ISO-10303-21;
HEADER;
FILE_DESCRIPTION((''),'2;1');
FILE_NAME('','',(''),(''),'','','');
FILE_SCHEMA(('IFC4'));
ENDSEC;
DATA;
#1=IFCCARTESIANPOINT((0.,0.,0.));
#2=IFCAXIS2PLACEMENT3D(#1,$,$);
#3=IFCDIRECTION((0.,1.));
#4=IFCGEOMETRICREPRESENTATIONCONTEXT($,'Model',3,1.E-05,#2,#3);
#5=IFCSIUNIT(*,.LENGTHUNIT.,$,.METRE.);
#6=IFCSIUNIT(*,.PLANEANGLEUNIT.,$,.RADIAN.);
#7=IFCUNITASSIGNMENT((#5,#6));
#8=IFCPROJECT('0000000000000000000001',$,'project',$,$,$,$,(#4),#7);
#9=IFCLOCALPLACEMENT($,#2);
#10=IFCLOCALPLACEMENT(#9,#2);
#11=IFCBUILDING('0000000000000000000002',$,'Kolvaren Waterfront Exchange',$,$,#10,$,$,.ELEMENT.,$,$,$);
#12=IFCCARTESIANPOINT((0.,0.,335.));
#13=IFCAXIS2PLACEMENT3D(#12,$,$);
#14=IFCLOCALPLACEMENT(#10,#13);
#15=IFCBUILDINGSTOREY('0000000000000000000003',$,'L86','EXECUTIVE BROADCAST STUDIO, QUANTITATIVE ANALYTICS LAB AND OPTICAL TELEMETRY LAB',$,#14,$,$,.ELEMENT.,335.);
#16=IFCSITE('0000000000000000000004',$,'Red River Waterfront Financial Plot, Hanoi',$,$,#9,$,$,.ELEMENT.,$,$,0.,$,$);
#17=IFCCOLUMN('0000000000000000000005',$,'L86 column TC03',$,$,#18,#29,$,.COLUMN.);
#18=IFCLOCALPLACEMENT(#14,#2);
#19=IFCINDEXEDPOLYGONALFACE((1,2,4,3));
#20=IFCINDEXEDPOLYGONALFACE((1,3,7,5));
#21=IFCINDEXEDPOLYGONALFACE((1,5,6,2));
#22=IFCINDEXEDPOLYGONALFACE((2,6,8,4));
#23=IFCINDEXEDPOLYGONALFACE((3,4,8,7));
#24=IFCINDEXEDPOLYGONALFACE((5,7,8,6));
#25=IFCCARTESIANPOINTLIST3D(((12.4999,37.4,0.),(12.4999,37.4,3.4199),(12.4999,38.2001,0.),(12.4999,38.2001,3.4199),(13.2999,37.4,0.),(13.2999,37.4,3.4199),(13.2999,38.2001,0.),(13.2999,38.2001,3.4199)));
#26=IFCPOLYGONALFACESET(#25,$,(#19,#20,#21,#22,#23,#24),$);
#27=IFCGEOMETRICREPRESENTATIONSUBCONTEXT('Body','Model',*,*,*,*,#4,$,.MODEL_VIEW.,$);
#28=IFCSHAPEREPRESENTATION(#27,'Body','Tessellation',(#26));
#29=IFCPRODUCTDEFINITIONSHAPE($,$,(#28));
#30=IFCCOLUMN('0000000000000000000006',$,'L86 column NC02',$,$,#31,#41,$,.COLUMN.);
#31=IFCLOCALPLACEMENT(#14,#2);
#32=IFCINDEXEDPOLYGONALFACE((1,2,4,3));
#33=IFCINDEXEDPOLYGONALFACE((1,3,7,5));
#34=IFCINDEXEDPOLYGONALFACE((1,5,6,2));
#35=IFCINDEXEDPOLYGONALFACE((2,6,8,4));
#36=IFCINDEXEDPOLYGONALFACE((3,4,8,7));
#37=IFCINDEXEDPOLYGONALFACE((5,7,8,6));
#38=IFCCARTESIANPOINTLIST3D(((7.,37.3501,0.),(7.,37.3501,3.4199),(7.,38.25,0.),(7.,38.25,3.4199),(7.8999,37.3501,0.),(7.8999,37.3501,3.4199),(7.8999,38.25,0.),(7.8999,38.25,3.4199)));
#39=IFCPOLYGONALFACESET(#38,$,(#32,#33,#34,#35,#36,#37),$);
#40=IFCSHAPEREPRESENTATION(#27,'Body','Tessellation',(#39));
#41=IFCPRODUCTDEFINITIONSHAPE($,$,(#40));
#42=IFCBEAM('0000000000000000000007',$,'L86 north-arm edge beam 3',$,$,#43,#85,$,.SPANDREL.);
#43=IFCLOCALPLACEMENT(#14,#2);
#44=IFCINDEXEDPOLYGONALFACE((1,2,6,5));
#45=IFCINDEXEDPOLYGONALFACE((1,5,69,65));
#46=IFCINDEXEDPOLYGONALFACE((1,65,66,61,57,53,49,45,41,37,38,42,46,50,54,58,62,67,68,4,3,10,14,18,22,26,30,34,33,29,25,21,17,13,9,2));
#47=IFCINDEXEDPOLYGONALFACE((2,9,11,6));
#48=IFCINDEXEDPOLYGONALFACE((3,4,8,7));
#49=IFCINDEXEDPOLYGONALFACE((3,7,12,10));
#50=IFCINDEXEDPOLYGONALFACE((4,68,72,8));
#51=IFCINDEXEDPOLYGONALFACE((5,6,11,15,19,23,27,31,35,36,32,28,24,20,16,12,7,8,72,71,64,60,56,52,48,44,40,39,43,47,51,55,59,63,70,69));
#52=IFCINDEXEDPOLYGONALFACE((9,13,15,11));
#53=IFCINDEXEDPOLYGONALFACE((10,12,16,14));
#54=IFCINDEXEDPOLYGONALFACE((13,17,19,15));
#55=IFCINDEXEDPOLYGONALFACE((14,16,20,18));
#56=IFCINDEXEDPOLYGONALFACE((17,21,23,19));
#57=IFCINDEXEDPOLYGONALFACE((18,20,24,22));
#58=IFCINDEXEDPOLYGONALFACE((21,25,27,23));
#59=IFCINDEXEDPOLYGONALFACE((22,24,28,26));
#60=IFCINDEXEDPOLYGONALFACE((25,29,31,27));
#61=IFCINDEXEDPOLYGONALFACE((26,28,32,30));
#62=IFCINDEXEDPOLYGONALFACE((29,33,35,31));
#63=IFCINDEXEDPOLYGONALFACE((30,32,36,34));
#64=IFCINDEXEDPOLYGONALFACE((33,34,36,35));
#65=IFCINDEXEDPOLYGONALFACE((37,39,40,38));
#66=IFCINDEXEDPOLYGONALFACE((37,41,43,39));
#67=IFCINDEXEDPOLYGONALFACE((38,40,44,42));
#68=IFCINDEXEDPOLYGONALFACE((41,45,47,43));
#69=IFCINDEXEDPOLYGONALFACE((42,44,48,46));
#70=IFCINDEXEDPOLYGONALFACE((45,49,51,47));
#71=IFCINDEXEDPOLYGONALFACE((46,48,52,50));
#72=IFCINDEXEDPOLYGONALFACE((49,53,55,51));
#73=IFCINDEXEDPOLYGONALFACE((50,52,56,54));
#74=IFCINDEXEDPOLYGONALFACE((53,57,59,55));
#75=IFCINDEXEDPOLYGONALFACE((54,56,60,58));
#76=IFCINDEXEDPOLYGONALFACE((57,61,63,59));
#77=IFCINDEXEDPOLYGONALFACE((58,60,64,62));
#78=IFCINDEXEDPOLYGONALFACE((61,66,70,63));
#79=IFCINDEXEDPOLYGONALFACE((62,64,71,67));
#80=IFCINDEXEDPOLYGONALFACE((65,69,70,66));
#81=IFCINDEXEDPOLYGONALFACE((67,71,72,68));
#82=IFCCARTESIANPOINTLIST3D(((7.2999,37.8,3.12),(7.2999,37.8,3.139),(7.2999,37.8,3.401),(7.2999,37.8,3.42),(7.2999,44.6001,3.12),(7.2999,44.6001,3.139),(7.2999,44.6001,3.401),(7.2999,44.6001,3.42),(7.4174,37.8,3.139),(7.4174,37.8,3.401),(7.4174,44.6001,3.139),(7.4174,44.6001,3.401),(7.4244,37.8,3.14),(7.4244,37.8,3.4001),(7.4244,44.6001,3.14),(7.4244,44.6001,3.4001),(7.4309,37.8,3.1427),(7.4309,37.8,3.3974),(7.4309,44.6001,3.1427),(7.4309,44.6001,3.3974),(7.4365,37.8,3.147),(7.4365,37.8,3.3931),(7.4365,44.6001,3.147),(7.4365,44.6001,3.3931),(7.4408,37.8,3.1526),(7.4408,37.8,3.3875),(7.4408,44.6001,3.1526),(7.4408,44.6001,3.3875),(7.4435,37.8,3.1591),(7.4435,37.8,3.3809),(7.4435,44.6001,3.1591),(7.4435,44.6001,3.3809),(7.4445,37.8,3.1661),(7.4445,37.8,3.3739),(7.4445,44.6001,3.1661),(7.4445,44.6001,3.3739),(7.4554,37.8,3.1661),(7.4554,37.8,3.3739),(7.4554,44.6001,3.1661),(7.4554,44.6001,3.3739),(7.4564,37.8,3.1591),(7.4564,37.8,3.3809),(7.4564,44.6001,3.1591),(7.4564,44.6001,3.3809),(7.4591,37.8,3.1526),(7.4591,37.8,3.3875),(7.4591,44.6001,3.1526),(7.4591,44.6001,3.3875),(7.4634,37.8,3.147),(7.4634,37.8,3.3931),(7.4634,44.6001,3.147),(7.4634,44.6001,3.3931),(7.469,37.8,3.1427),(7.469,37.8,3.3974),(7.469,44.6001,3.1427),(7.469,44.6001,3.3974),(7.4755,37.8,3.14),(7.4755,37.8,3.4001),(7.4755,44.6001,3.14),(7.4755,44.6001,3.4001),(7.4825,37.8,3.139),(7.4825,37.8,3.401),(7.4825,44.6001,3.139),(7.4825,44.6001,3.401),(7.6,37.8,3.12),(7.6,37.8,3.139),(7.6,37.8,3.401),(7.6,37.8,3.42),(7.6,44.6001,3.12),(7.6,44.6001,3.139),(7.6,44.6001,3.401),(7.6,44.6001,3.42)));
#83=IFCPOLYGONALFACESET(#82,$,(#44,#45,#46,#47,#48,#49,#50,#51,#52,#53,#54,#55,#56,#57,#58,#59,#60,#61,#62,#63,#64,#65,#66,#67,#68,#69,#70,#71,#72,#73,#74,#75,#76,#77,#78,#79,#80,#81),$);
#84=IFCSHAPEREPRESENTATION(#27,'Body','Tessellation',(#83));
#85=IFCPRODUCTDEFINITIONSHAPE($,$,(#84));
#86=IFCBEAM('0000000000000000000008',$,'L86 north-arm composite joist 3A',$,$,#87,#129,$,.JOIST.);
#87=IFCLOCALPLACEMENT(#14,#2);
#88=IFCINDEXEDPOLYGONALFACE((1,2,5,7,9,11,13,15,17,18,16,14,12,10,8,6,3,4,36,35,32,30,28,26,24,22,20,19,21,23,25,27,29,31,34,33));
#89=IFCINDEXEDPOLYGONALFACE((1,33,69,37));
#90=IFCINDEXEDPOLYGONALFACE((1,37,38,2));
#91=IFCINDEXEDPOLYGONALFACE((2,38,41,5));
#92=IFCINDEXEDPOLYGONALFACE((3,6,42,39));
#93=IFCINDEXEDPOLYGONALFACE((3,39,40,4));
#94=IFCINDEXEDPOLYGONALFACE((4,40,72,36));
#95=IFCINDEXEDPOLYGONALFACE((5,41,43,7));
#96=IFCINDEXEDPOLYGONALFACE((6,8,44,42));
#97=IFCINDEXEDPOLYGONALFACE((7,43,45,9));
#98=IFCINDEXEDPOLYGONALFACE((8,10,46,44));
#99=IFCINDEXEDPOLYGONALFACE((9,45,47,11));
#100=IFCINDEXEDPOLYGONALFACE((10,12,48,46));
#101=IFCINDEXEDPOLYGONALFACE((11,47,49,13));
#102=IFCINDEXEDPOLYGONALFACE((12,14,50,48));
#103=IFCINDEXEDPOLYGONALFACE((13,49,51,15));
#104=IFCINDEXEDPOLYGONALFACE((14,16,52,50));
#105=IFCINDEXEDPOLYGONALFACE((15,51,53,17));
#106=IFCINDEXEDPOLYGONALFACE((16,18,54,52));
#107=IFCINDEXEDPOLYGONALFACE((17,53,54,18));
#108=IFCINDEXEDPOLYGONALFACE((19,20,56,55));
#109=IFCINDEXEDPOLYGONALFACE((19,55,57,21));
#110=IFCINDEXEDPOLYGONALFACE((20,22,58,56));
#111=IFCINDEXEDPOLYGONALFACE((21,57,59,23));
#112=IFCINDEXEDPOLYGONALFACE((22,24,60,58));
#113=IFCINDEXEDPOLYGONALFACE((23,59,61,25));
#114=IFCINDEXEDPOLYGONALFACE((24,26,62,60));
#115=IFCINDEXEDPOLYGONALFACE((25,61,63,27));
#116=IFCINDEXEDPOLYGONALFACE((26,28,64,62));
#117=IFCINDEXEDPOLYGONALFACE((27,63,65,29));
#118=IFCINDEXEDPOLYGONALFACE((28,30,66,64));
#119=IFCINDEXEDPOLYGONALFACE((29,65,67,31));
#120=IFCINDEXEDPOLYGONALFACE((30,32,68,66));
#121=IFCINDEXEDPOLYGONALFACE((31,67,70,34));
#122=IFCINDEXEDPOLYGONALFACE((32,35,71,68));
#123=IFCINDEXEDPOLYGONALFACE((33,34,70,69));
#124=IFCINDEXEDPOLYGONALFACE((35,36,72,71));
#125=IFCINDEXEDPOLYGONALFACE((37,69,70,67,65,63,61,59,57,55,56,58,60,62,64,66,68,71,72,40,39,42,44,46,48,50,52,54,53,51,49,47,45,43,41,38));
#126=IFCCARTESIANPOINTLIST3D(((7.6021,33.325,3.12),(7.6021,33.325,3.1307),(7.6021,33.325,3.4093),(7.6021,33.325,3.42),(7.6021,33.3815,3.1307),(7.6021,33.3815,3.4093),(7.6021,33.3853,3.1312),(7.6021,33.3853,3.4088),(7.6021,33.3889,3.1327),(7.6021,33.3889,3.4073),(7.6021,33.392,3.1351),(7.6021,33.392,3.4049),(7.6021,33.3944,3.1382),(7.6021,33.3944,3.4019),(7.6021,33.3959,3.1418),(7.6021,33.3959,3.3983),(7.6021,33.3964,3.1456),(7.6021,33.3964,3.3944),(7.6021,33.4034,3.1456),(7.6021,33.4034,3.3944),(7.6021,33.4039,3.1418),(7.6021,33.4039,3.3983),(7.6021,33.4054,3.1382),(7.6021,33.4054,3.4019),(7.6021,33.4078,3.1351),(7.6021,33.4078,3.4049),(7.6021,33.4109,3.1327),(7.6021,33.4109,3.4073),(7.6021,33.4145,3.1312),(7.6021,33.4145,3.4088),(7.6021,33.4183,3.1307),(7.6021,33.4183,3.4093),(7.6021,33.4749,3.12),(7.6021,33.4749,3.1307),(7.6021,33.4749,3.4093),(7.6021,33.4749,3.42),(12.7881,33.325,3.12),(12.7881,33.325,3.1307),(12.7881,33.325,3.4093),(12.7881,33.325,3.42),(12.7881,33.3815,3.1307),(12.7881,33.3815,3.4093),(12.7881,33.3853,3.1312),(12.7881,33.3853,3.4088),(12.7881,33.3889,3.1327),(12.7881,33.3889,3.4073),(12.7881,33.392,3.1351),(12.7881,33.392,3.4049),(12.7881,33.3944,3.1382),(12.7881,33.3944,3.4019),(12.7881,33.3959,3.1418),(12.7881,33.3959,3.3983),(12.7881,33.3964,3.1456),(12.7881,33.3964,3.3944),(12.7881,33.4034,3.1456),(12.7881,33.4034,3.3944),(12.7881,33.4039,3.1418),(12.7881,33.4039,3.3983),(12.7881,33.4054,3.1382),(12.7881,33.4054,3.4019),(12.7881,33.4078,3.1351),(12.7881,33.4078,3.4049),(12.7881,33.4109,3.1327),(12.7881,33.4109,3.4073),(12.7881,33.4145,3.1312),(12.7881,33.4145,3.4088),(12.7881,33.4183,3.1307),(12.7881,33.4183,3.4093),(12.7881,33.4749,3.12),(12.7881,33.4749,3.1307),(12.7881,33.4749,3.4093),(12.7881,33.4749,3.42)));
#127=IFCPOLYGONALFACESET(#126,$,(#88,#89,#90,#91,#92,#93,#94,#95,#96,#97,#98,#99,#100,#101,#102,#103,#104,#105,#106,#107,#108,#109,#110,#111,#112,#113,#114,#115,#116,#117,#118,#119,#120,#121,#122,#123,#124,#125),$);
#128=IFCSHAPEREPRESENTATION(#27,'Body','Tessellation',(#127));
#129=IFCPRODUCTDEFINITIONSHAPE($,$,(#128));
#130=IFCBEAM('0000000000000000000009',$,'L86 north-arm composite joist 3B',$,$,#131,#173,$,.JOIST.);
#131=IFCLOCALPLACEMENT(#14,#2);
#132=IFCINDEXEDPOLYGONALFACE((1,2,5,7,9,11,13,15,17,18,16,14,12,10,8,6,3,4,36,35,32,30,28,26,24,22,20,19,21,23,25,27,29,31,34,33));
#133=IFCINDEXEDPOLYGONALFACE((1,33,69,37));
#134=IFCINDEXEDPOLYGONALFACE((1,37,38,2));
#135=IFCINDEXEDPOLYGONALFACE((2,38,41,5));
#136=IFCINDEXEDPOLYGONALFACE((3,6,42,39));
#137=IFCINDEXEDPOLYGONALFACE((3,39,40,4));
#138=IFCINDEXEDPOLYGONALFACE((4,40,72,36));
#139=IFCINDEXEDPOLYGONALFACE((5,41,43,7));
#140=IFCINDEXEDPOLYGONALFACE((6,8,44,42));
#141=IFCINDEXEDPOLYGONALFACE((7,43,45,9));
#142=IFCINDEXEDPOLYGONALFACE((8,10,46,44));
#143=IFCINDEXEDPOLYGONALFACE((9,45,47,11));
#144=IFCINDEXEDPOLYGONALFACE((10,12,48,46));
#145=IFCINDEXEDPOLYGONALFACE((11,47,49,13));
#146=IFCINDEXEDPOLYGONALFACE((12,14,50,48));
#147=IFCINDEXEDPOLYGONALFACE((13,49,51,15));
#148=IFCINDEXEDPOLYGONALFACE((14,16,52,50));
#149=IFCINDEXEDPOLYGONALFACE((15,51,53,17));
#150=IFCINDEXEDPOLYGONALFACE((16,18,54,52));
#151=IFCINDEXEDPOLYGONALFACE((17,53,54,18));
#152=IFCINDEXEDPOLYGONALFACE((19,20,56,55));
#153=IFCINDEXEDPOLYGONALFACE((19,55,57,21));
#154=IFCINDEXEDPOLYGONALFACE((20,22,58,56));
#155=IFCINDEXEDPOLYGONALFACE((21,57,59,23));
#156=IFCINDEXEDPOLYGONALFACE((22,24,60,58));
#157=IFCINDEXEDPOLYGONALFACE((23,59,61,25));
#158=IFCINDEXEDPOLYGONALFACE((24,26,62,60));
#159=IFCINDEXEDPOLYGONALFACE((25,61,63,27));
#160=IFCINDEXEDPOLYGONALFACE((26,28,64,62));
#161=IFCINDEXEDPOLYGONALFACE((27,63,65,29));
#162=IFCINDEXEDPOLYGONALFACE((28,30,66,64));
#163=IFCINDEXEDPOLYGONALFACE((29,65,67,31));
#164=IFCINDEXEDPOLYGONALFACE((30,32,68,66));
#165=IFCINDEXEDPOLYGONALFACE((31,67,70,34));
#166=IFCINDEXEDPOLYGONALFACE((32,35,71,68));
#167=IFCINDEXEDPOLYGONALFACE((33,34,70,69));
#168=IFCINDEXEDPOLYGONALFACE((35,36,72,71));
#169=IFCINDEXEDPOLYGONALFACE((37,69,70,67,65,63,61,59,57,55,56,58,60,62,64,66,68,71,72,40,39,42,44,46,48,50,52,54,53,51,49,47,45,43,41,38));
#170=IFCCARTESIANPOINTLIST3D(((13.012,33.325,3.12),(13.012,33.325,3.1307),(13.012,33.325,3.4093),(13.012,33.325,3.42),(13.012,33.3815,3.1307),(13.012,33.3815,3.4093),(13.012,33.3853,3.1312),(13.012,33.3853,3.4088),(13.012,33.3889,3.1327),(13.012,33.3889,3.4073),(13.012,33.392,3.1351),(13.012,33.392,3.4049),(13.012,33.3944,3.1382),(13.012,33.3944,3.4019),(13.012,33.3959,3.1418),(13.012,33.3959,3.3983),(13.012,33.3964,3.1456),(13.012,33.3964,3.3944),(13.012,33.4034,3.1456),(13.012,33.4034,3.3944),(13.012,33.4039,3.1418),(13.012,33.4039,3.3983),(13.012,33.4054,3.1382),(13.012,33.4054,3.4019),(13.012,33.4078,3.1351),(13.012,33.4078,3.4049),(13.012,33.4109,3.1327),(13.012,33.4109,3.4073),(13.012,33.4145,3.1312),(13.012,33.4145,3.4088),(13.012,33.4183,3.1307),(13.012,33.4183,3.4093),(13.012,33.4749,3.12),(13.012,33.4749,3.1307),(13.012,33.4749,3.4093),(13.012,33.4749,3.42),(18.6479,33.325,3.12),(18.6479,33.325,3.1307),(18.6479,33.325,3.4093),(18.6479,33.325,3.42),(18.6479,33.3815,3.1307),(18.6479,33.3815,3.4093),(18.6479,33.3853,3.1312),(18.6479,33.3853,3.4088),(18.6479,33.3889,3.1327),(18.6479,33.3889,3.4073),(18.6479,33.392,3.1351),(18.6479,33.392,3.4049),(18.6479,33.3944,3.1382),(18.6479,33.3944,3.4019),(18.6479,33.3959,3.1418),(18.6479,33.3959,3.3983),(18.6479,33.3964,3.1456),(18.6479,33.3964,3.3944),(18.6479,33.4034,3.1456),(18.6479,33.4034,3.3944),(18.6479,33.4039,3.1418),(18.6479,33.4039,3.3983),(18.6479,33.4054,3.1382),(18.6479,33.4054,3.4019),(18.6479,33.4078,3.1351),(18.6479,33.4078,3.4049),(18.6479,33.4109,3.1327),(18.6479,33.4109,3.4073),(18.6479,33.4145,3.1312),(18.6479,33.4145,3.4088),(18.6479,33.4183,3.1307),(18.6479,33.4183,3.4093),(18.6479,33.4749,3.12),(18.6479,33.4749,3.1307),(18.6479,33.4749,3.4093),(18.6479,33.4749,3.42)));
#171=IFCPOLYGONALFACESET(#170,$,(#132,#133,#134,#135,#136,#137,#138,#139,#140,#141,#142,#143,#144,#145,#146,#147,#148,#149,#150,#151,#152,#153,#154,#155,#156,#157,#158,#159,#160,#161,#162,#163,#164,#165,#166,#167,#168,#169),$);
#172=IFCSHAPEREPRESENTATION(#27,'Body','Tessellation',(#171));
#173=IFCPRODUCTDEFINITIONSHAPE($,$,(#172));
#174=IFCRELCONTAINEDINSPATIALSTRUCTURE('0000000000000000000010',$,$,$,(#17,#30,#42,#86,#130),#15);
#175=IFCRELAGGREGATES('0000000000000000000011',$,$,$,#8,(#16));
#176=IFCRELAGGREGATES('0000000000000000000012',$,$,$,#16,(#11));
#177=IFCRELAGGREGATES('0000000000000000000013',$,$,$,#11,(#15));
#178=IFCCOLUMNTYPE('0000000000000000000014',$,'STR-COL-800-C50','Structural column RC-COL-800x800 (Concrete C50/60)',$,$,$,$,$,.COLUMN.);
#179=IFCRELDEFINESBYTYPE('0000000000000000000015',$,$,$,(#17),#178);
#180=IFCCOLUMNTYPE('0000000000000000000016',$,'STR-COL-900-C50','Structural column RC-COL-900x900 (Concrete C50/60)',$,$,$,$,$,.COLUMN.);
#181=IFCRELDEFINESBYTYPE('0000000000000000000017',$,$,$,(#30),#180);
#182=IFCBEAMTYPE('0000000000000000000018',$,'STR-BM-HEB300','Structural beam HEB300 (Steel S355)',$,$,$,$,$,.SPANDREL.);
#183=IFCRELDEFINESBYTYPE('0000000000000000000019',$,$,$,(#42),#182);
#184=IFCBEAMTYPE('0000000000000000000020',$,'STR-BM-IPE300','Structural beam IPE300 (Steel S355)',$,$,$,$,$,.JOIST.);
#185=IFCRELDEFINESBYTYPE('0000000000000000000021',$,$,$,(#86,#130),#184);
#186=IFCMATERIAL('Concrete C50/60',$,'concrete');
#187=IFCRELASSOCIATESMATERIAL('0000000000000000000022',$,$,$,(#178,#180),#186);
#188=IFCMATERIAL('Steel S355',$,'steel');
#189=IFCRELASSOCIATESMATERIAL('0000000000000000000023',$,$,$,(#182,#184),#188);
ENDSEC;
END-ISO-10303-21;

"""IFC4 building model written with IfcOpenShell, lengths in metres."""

from ifc_helpers import new_model, si_unit, direction, frame, origin, origin_2d, place, context, subcontext, project, spatial, rectangle, i_section, extrude, material, material_profile, profile_set, type_object, element, save


model = new_model("IFC4")

# Units and contexts
model_context = context("Model", 3, precision=1e-05, world=origin(), true_north=direction((0.0, 1.0)))
body_context = subcontext(model_context, "Body", "Model", "MODEL_VIEW")
ifc_project = project(units=[si_unit("LENGTHUNIT", "METRE"), si_unit("PLANEANGLEUNIT", "RADIAN")], contexts=[model_context])

# Site, building, storey
site_placement = place(None, origin())
site = spatial("IfcSite", under=ifc_project, at=site_placement, Name="Red River Waterfront Financial Plot, Hanoi", CompositionType="ELEMENT", RefElevation=0.0)
building_placement = place(site_placement, origin())
building = spatial("IfcBuilding", under=site, at=building_placement, Name="Kolvaren Waterfront Exchange", CompositionType="ELEMENT")
storey_placement = place(building_placement, frame((0.0, 0.0, 335.0)))
storey = spatial("IfcBuildingStorey", under=building, at=storey_placement, Name="L86", Description="EXECUTIVE BROADCAST STUDIO, QUANTITATIVE ANALYTICS LAB AND OPTICAL TELEMETRY LAB", CompositionType="ELEMENT", Elevation=335.0)

# Columns
ifc_material_1 = material(Name="Concrete C50/60", Category="concrete")
ifc_material_profile_1 = material_profile(ifc_material_1, rectangle(XDim=0.8, YDim=0.8, at=origin_2d()), Name="RC-COL-800x800")
ifc_profile_set_1 = profile_set([ifc_material_profile_1], Name="Concrete C50/60")
column_type_1 = type_object("IfcColumnType", Name="STR-COL-800-C50", Description="Structural column RC-COL-800x800 (Concrete C50/60)", PredefinedType="COLUMN", material=ifc_profile_set_1)
column_1_placement = place(storey_placement, frame((12.8999, 37.8, 0.0), z_axis=(0.0, 0.0, 1.0), x_axis=(1.0, 0.0, 0.0)))
element("IfcColumn", 1, at=column_1_placement, inside=storey, type_object=column_type_1, Name="L86 column TC03", PredefinedType="COLUMN", context=body_context, shape_type="SweptSolid", body=[
    extrude(rectangle(XDim=0.8, YDim=0.8, at=origin_2d()), origin(), (0.0, 0.0, 1.0), 3.4199),
])
ifc_material_profile_2 = material_profile(ifc_material_1, rectangle(XDim=0.8999, YDim=0.8999, at=origin_2d()), Name="RC-COL-900x900")
ifc_profile_set_2 = profile_set([ifc_material_profile_2], Name="Concrete C50/60")
column_type_2 = type_object("IfcColumnType", Name="STR-COL-900-C50", Description="Structural column RC-COL-900x900 (Concrete C50/60)", PredefinedType="COLUMN", material=ifc_profile_set_2)
column_2_placement = place(storey_placement, frame((7.45, 37.8, 0.0), z_axis=(0.0, 0.0, 1.0), x_axis=(1.0, 0.0, 0.0)))
element("IfcColumn", 2, at=column_2_placement, inside=storey, type_object=column_type_2, Name="L86 column NC02", PredefinedType="COLUMN", context=body_context, shape_type="SweptSolid", body=[
    extrude(rectangle(XDim=0.8999, YDim=0.8999, at=origin_2d()), origin(), (0.0, 0.0, 1.0), 3.4199),
])

# Beams
ifc_material_2 = material(Name="Steel S355", Category="steel")
ifc_material_profile_3 = material_profile(ifc_material_2, i_section(OverallWidth=0.3, OverallDepth=0.3, WebThickness=0.011, FlangeThickness=0.019, FilletRadius=0.0271, at=origin_2d()), Name="HEB300")
ifc_profile_set_3 = profile_set([ifc_material_profile_3], Name="Steel S355")
beam_type_1 = type_object("IfcBeamType", Name="STR-BM-HEB300", Description="Structural beam HEB300 (Steel S355)", PredefinedType="SPANDREL", material=ifc_profile_set_3)
beam_1_placement = place(storey_placement, frame((7.45, 37.8, 3.27), z_axis=(0.0, 1.0, 0.0), x_axis=(-1.0, 0.0, 0.0)))
element("IfcBeam", 3, at=beam_1_placement, inside=storey, type_object=beam_type_1, Name="L86 north-arm edge beam 3", PredefinedType="SPANDREL", context=body_context, shape_type="SweptSolid", body=[
    extrude(i_section(OverallWidth=0.3, OverallDepth=0.3, WebThickness=0.011, FlangeThickness=0.019, FilletRadius=0.0271, at=origin_2d()), origin(), (0.0, 0.0, 1.0), 6.8),
])
ifc_material_profile_4 = material_profile(ifc_material_2, i_section(OverallWidth=0.1499, OverallDepth=0.3, WebThickness=0.0071, FlangeThickness=0.0107, FilletRadius=0.0149, at=origin_2d()), Name="IPE300")
ifc_profile_set_4 = profile_set([ifc_material_profile_4], Name="Steel S355")
beam_type_2 = type_object("IfcBeamType", Name="STR-BM-IPE300", Description="Structural beam IPE300 (Steel S355)", PredefinedType="JOIST", material=ifc_profile_set_4)
beam_2_placement = place(storey_placement, frame((7.6021, 33.3999, 3.27), z_axis=(1.0, 0.0, 0.0), x_axis=(0.0, 1.0, 0.0)))
element("IfcBeam", 4, at=beam_2_placement, inside=storey, type_object=beam_type_2, Name="L86 north-arm composite joist 3A", PredefinedType="JOIST", context=body_context, shape_type="SweptSolid", body=[
    extrude(i_section(OverallWidth=0.1499, OverallDepth=0.3, WebThickness=0.0071, FlangeThickness=0.0107, FilletRadius=0.0149, at=origin_2d()), origin(), (0.0, 0.0, 1.0), 5.186),
])
beam_3_placement = place(storey_placement, frame((13.012, 33.3999, 3.27), z_axis=(1.0, 0.0, 0.0), x_axis=(0.0, 1.0, 0.0)))
element("IfcBeam", 5, at=beam_3_placement, inside=storey, type_object=beam_type_2, Name="L86 north-arm composite joist 3B", PredefinedType="JOIST", context=body_context, shape_type="SweptSolid", body=[
    extrude(i_section(OverallWidth=0.1499, OverallDepth=0.3, WebThickness=0.0071, FlangeThickness=0.0107, FilletRadius=0.0149, at=origin_2d()), origin(), (0.0, 0.0, 1.0), 5.636),
])

save(model, "model.ifc")
